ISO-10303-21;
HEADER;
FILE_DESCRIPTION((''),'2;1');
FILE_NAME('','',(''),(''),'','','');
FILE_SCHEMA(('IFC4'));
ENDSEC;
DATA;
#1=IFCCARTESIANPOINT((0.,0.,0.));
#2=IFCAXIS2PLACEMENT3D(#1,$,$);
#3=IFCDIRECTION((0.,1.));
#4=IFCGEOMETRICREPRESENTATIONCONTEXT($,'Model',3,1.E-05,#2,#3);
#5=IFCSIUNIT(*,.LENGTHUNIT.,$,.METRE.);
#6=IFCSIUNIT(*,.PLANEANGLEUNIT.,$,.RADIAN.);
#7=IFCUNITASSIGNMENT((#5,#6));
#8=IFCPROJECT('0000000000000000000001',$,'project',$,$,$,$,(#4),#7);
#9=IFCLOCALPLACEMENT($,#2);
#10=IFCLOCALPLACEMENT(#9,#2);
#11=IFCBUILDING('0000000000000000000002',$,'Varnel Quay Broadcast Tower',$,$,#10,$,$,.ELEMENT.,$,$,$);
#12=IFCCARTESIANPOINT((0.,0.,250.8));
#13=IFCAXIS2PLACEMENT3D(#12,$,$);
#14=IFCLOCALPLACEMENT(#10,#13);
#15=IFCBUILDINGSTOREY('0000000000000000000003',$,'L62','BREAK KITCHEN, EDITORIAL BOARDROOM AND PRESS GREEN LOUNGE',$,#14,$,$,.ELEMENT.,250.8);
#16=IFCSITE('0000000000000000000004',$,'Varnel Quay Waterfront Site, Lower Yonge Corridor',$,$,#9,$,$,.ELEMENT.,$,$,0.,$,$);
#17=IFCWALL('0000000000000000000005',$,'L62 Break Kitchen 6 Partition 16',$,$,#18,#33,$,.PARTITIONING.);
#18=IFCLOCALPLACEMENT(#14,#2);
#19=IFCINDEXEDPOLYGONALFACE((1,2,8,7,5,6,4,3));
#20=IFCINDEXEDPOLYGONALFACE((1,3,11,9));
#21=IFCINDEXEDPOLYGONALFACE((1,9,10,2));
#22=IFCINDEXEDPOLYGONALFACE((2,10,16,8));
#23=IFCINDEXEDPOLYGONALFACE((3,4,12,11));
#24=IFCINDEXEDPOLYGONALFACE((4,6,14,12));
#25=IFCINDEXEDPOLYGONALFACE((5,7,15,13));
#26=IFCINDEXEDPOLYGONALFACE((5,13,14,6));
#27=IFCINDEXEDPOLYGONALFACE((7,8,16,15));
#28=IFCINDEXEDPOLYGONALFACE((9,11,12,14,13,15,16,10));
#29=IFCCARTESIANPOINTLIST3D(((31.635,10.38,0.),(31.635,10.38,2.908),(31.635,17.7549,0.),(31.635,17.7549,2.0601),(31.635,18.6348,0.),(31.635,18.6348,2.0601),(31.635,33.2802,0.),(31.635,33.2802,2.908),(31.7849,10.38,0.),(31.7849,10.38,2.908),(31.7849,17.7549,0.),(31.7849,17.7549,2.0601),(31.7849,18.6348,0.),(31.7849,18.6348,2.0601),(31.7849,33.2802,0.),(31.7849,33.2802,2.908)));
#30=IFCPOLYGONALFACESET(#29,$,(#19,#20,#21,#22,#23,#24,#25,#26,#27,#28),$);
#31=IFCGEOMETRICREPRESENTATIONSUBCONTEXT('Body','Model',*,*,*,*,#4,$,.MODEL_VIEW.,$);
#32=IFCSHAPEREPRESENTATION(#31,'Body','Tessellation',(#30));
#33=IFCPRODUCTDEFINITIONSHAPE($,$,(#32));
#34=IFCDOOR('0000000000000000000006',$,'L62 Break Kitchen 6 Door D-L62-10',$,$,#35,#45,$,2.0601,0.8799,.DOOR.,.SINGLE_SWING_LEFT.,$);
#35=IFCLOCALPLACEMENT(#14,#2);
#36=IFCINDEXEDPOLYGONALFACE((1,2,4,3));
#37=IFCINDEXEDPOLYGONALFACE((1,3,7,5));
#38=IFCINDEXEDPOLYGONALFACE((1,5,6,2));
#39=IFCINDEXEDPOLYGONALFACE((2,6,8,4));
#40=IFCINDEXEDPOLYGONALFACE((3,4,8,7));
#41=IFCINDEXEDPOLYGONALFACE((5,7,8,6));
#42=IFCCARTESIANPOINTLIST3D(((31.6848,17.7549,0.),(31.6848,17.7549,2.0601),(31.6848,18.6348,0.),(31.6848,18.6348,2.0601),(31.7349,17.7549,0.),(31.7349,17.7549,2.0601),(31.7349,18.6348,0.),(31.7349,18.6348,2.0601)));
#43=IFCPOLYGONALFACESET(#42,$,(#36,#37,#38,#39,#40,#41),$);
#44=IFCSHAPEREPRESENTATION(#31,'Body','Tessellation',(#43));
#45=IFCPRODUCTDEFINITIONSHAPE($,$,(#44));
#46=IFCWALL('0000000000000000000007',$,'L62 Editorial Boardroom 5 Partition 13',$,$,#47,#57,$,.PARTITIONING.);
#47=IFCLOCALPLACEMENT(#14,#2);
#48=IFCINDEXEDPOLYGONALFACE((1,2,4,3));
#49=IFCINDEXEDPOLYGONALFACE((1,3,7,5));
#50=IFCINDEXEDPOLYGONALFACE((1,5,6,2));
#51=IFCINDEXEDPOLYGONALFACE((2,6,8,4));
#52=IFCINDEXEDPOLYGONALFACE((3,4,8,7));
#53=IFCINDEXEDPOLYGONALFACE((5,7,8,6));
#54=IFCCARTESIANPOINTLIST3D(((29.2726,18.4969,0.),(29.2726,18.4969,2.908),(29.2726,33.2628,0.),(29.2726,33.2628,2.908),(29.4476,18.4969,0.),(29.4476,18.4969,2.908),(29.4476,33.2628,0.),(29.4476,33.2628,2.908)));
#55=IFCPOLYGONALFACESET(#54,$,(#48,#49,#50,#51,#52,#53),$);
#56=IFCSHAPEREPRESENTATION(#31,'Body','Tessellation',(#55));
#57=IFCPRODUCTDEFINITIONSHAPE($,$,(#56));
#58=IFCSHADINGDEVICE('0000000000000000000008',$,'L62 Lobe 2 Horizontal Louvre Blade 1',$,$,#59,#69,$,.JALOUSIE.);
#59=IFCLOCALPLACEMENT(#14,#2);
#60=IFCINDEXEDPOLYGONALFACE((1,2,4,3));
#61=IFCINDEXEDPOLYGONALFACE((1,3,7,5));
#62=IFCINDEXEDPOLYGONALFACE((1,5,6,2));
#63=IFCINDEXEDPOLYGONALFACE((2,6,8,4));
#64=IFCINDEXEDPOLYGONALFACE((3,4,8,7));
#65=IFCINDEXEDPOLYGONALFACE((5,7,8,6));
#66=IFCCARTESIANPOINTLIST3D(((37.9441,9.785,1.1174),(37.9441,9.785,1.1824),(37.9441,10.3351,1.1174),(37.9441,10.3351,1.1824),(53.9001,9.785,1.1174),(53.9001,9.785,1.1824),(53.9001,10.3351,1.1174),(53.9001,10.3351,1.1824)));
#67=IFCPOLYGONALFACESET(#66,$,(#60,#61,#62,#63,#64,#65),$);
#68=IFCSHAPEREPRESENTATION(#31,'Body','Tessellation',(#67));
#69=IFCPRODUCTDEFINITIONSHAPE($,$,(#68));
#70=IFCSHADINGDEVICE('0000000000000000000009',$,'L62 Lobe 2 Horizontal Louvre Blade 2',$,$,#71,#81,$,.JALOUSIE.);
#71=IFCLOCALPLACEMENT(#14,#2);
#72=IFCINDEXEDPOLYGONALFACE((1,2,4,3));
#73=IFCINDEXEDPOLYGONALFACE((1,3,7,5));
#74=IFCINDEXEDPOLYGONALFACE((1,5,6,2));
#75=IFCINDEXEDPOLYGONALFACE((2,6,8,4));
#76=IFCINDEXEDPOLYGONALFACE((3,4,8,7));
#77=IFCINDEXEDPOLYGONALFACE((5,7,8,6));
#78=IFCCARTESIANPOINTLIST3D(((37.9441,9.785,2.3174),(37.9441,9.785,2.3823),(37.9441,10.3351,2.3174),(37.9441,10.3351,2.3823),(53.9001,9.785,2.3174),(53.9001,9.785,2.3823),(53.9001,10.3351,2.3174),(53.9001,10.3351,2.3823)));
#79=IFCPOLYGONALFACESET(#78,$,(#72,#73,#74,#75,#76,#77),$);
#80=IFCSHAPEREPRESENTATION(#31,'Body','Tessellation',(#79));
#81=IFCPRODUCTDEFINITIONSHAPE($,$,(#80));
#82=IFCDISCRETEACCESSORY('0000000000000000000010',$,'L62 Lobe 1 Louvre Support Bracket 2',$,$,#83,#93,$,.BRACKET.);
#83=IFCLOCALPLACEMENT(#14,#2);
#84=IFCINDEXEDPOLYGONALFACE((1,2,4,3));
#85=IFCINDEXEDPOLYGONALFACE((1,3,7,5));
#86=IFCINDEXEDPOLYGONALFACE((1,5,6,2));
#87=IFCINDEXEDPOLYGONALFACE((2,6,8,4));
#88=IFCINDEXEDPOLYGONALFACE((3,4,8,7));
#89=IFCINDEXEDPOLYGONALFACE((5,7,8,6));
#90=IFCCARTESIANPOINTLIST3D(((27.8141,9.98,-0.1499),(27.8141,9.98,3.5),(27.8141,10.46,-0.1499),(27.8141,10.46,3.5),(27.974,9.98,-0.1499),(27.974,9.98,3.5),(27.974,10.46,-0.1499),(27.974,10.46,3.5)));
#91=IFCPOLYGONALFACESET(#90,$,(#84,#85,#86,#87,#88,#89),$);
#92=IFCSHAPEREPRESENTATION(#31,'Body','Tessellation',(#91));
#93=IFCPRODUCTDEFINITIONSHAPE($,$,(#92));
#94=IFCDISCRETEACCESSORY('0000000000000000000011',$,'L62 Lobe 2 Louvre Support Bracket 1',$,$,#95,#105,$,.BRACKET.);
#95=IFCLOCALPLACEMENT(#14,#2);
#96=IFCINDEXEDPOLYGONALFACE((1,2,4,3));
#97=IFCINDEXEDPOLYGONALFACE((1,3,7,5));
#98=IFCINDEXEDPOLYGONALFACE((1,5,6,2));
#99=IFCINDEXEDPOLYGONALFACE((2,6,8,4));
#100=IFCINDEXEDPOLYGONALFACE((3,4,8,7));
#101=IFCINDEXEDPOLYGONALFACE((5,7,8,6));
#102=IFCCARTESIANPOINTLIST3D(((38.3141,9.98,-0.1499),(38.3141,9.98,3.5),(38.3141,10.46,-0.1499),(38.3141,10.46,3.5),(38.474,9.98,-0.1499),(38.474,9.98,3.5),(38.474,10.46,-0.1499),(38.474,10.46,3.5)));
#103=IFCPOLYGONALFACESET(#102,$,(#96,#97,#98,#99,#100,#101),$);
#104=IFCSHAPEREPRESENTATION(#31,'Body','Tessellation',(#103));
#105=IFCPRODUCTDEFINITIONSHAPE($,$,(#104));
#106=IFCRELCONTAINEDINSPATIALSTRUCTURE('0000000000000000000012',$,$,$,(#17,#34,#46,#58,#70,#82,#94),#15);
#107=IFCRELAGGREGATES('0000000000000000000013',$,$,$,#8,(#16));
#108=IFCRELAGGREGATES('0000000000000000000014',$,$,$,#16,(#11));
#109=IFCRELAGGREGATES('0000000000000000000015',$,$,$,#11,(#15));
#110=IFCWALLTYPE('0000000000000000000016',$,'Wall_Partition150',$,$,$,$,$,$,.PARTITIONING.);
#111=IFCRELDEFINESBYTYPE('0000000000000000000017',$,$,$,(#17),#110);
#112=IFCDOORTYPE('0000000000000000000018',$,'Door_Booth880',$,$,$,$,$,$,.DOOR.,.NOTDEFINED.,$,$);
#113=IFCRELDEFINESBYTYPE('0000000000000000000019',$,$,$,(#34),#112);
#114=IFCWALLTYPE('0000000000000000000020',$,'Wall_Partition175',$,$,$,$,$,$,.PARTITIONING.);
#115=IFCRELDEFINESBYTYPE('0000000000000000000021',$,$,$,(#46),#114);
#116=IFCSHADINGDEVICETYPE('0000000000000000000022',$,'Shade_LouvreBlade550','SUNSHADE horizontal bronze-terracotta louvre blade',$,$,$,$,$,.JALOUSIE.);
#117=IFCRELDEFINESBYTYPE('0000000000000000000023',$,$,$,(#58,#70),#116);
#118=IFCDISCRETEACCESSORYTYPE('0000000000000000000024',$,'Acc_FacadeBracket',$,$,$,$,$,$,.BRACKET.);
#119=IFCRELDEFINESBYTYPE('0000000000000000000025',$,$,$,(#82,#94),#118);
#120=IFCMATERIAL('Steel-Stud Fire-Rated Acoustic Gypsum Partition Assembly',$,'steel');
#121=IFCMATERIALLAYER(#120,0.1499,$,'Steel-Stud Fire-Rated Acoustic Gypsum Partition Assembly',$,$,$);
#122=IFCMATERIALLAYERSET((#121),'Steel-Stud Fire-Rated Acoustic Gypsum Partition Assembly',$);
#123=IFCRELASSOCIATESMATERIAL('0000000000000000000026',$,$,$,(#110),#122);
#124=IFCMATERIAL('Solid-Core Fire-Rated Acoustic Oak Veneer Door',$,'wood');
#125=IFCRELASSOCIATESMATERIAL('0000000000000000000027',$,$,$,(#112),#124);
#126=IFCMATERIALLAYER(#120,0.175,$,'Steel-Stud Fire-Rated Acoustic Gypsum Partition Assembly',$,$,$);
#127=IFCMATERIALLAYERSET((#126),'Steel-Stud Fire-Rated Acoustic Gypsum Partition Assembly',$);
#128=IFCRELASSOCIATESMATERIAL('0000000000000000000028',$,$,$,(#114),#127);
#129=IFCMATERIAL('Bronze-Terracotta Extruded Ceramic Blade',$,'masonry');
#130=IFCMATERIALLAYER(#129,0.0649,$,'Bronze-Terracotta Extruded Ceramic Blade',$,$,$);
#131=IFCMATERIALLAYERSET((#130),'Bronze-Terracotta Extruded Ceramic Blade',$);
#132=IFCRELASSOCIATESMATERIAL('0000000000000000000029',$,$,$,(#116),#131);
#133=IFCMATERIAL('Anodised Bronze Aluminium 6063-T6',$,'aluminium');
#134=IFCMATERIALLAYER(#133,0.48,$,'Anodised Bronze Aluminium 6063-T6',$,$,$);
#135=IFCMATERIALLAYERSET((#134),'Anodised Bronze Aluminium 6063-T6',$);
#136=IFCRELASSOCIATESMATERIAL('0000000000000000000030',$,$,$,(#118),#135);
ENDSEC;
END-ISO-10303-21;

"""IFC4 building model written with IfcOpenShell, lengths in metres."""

from ifc_helpers import new_model, si_unit, direction, frame, frame_2d, origin, origin_2d, place, context, subcontext, project, spatial, rectangle, extrude, source, transform, mapped, material, layer, layer_set, type_object, type_shapes, element, fill, save


model = new_model("IFC4")

# Units and contexts
model_context = context("Model", 3, precision=1e-05, world=origin(), true_north=direction((0.0, 1.0)))
body_context = subcontext(model_context, "Body", "Model", "MODEL_VIEW")
ifc_project = project(units=[si_unit("LENGTHUNIT", "METRE"), si_unit("PLANEANGLEUNIT", "RADIAN")], contexts=[model_context])

# Site, building, storey
site_placement = place(None, origin())
site = spatial("IfcSite", under=ifc_project, at=site_placement, Name="Varnel Quay Waterfront Site, Lower Yonge Corridor", CompositionType="ELEMENT", RefElevation=0.0)
building_placement = place(site_placement, origin())
building = spatial("IfcBuilding", under=site, at=building_placement, Name="Varnel Quay Broadcast Tower", CompositionType="ELEMENT")
storey_placement = place(building_placement, frame((0.0, 0.0, 250.8)))
storey = spatial("IfcBuildingStorey", under=building, at=storey_placement, Name="L62", Description="BREAK KITCHEN, EDITORIAL BOARDROOM AND PRESS GREEN LOUNGE", CompositionType="ELEMENT", Elevation=250.8)

# Shared definitions
ifc_material_1 = material(Name="Anodised Bronze Aluminium 6063-T6", Category="aluminium")

# Shared definitions
ifc_material_2 = material(Name="Steel-Stud Fire-Rated Acoustic Gypsum Partition Assembly", Category="steel")
ifc_layer_1 = layer(ifc_material_2, 0.1499, Name="Steel-Stud Fire-Rated Acoustic Gypsum Partition Assembly")
ifc_layer_set_1 = layer_set([ifc_layer_1], Name="Steel-Stud Fire-Rated Acoustic Gypsum Partition Assembly")
wall_type_1 = type_object("IfcWallType", Name="Wall_Partition150", PredefinedType="PARTITIONING", material=ifc_layer_set_1)
ifc_material_3 = material(Name="Solid-Core Fire-Rated Acoustic Oak Veneer Door", Category="wood")

# Wall, opening, door
wall_1_placement = place(storey_placement, frame((31.71, 10.3799, 0.0), z_axis=(0.0, 0.0, 1.0), x_axis=(0.0, 1.0, 0.0)))
wall_1 = element("IfcWall", 1, at=wall_1_placement, inside=storey, type_object=wall_type_1, Name="L62 Break Kitchen 6 Partition 16", PredefinedType="PARTITIONING", context=body_context, shape_type="SweptSolid", body=[
    extrude(rectangle(XDim=22.9001, YDim=0.1499, at=frame_2d((11.4502, 0.0))), origin(), (0.0, 0.0, 1.0), 2.908),
])
opening_1_placement = place(wall_1_placement, frame((7.375, 0.0, 0.0)))
opening_1 = element("IfcOpeningElement", 2, at=opening_1_placement, cuts=wall_1, PredefinedType="OPENING", context=body_context, shape_type="SweptSolid", body=[
    extrude(rectangle(XDim=0.8799, YDim=2.0601, at=frame_2d((0.4399, 1.03))), frame((0.0, 0.085, 0.0), z_axis=(0.0, -1.0, 0.0), x_axis=(1.0, 0.0, 0.0)), (0.0, 0.0, 1.0), 0.1699),
])
door_type_1 = type_object("IfcDoorType", Name="Door_Booth880", OperationType="NOTDEFINED", PredefinedType="DOOR", material=ifc_material_3)
shared_shape_1 = source(origin(), body_context, "Body", "SweptSolid", [
    extrude(rectangle(XDim=0.8799, YDim=2.0601, at=frame_2d((0.4399, 1.03))), frame((0.0, 0.0249, 0.0), z_axis=(0.0, -1.0, 0.0), x_axis=(1.0, 0.0, 0.0)), (0.0, 0.0, 1.0), 0.05),
])
type_shapes(door_type_1, [shared_shape_1])
door_1_placement = place(opening_1_placement, frame((0.8799, 0.0, 0.0), z_axis=(0.0, 0.0, 1.0), x_axis=(-1.0, 0.0, 0.0)))
door_1 = element("IfcDoor", 3, at=door_1_placement, inside=storey, type_object=door_type_1, Name="L62 Break Kitchen 6 Door D-L62-10", OperationType="SINGLE_SWING_LEFT", OverallHeight=2.0601, OverallWidth=0.8799, PredefinedType="DOOR", context=body_context, shape_type="MappedRepresentation", body=[
    mapped(shared_shape_1, transform((0.0, 0.0, 0.0), x_axis=(1.0, 0.0, 0.0), y_axis=(0.0, 1.0, 0.0), z_axis=(0.0, 0.0, 1.0), scale=1.0)),
])
fill(opening_1, door_1)

# Wall
ifc_layer_2 = layer(ifc_material_2, 0.175, Name="Steel-Stud Fire-Rated Acoustic Gypsum Partition Assembly")
ifc_layer_set_2 = layer_set([ifc_layer_2], Name="Steel-Stud Fire-Rated Acoustic Gypsum Partition Assembly")
wall_type_2 = type_object("IfcWallType", Name="Wall_Partition175", PredefinedType="PARTITIONING", material=ifc_layer_set_2)
wall_2_placement = place(storey_placement, frame((29.3601, 18.4971, 0.0), z_axis=(0.0, 0.0, 1.0), x_axis=(0.0, 1.0, 0.0)))
element("IfcWall", 4, at=wall_2_placement, inside=storey, type_object=wall_type_2, Name="L62 Editorial Boardroom 5 Partition 13", PredefinedType="PARTITIONING", context=body_context, shape_type="SweptSolid", body=[
    extrude(rectangle(XDim=14.7659, YDim=0.175, at=frame_2d((7.3828, 0.0))), origin(), (0.0, 0.0, 1.0), 2.908),
])

# Shading devices
ifc_material_4 = material(Name="Bronze-Terracotta Extruded Ceramic Blade", Category="masonry")
ifc_layer_3 = layer(ifc_material_4, 0.0649, Name="Bronze-Terracotta Extruded Ceramic Blade")
ifc_layer_set_3 = layer_set([ifc_layer_3], Name="Bronze-Terracotta Extruded Ceramic Blade")
shading_device_type = type_object("IfcShadingDeviceType", Name="Shade_LouvreBlade550", Description="SUNSHADE horizontal bronze-terracotta louvre blade", PredefinedType="JALOUSIE", material=ifc_layer_set_3)
shared_shape_2 = source(origin(), body_context, "Body", "SweptSolid", [
    extrude(rectangle(XDim=15.9561, YDim=0.55, at=origin_2d()), origin(), (0.0, 0.0, 1.0), 0.0649),
])
type_shapes(shading_device_type, [shared_shape_2])
for number, where, z_axis, x_axis, name in (
    (5, (45.9221, 10.0601, 1.1174), (0.0, 0.0, 1.0), (1.0, 0.0, 0.0), "L62 Lobe 2 Horizontal Louvre Blade 1"),
    (6, (45.9221, 10.0601, 2.3174), (0.0, 0.0, 1.0), (1.0, 0.0, 0.0), "L62 Lobe 2 Horizontal Louvre Blade 2"),
):
    element("IfcShadingDevice", number, at=place(storey_placement, frame(where, z_axis=z_axis, x_axis=x_axis)), inside=storey, type_object=shading_device_type, Name=name, PredefinedType="JALOUSIE", context=body_context, shape_type="MappedRepresentation", body=[
        mapped(shared_shape_2, transform((0.0, 0.0, 0.0), x_axis=(1.0, 0.0, 0.0), y_axis=(0.0, 1.0, 0.0), z_axis=(0.0, 0.0, 1.0), scale=1.0)),
    ])

# Discrete accessories
ifc_layer_4 = layer(ifc_material_1, 0.48, Name="Anodised Bronze Aluminium 6063-T6")
ifc_layer_set_4 = layer_set([ifc_layer_4], Name="Anodised Bronze Aluminium 6063-T6")
discrete_accessory_type = type_object("IfcDiscreteAccessoryType", Name="Acc_FacadeBracket", PredefinedType="BRACKET", material=ifc_layer_set_4)
shared_shape_3 = source(origin(), body_context, "Body", "SweptSolid", [
    extrude(rectangle(XDim=0.1599, YDim=0.48, at=origin_2d()), origin(), (0.0, 0.0, 1.0), 3.6499),
])
type_shapes(discrete_accessory_type, [shared_shape_3])
for number, where, z_axis, x_axis, name in (
    (7, (27.894, 10.22, -0.1499), (0.0, 0.0, 1.0), (1.0, 0.0, 0.0), "L62 Lobe 1 Louvre Support Bracket 2"),
    (8, (38.394, 10.22, -0.1499), (0.0, 0.0, 1.0), (1.0, 0.0, 0.0), "L62 Lobe 2 Louvre Support Bracket 1"),
):
    element("IfcDiscreteAccessory", number, at=place(storey_placement, frame(where, z_axis=z_axis, x_axis=x_axis)), inside=storey, type_object=discrete_accessory_type, Name=name, PredefinedType="BRACKET", context=body_context, shape_type="MappedRepresentation", body=[
        mapped(shared_shape_3, transform((0.0, 0.0, 0.0), x_axis=(1.0, 0.0, 0.0), y_axis=(0.0, 1.0, 0.0), z_axis=(0.0, 0.0, 1.0), scale=1.0)),
    ])

save(model, "model.ifc")
